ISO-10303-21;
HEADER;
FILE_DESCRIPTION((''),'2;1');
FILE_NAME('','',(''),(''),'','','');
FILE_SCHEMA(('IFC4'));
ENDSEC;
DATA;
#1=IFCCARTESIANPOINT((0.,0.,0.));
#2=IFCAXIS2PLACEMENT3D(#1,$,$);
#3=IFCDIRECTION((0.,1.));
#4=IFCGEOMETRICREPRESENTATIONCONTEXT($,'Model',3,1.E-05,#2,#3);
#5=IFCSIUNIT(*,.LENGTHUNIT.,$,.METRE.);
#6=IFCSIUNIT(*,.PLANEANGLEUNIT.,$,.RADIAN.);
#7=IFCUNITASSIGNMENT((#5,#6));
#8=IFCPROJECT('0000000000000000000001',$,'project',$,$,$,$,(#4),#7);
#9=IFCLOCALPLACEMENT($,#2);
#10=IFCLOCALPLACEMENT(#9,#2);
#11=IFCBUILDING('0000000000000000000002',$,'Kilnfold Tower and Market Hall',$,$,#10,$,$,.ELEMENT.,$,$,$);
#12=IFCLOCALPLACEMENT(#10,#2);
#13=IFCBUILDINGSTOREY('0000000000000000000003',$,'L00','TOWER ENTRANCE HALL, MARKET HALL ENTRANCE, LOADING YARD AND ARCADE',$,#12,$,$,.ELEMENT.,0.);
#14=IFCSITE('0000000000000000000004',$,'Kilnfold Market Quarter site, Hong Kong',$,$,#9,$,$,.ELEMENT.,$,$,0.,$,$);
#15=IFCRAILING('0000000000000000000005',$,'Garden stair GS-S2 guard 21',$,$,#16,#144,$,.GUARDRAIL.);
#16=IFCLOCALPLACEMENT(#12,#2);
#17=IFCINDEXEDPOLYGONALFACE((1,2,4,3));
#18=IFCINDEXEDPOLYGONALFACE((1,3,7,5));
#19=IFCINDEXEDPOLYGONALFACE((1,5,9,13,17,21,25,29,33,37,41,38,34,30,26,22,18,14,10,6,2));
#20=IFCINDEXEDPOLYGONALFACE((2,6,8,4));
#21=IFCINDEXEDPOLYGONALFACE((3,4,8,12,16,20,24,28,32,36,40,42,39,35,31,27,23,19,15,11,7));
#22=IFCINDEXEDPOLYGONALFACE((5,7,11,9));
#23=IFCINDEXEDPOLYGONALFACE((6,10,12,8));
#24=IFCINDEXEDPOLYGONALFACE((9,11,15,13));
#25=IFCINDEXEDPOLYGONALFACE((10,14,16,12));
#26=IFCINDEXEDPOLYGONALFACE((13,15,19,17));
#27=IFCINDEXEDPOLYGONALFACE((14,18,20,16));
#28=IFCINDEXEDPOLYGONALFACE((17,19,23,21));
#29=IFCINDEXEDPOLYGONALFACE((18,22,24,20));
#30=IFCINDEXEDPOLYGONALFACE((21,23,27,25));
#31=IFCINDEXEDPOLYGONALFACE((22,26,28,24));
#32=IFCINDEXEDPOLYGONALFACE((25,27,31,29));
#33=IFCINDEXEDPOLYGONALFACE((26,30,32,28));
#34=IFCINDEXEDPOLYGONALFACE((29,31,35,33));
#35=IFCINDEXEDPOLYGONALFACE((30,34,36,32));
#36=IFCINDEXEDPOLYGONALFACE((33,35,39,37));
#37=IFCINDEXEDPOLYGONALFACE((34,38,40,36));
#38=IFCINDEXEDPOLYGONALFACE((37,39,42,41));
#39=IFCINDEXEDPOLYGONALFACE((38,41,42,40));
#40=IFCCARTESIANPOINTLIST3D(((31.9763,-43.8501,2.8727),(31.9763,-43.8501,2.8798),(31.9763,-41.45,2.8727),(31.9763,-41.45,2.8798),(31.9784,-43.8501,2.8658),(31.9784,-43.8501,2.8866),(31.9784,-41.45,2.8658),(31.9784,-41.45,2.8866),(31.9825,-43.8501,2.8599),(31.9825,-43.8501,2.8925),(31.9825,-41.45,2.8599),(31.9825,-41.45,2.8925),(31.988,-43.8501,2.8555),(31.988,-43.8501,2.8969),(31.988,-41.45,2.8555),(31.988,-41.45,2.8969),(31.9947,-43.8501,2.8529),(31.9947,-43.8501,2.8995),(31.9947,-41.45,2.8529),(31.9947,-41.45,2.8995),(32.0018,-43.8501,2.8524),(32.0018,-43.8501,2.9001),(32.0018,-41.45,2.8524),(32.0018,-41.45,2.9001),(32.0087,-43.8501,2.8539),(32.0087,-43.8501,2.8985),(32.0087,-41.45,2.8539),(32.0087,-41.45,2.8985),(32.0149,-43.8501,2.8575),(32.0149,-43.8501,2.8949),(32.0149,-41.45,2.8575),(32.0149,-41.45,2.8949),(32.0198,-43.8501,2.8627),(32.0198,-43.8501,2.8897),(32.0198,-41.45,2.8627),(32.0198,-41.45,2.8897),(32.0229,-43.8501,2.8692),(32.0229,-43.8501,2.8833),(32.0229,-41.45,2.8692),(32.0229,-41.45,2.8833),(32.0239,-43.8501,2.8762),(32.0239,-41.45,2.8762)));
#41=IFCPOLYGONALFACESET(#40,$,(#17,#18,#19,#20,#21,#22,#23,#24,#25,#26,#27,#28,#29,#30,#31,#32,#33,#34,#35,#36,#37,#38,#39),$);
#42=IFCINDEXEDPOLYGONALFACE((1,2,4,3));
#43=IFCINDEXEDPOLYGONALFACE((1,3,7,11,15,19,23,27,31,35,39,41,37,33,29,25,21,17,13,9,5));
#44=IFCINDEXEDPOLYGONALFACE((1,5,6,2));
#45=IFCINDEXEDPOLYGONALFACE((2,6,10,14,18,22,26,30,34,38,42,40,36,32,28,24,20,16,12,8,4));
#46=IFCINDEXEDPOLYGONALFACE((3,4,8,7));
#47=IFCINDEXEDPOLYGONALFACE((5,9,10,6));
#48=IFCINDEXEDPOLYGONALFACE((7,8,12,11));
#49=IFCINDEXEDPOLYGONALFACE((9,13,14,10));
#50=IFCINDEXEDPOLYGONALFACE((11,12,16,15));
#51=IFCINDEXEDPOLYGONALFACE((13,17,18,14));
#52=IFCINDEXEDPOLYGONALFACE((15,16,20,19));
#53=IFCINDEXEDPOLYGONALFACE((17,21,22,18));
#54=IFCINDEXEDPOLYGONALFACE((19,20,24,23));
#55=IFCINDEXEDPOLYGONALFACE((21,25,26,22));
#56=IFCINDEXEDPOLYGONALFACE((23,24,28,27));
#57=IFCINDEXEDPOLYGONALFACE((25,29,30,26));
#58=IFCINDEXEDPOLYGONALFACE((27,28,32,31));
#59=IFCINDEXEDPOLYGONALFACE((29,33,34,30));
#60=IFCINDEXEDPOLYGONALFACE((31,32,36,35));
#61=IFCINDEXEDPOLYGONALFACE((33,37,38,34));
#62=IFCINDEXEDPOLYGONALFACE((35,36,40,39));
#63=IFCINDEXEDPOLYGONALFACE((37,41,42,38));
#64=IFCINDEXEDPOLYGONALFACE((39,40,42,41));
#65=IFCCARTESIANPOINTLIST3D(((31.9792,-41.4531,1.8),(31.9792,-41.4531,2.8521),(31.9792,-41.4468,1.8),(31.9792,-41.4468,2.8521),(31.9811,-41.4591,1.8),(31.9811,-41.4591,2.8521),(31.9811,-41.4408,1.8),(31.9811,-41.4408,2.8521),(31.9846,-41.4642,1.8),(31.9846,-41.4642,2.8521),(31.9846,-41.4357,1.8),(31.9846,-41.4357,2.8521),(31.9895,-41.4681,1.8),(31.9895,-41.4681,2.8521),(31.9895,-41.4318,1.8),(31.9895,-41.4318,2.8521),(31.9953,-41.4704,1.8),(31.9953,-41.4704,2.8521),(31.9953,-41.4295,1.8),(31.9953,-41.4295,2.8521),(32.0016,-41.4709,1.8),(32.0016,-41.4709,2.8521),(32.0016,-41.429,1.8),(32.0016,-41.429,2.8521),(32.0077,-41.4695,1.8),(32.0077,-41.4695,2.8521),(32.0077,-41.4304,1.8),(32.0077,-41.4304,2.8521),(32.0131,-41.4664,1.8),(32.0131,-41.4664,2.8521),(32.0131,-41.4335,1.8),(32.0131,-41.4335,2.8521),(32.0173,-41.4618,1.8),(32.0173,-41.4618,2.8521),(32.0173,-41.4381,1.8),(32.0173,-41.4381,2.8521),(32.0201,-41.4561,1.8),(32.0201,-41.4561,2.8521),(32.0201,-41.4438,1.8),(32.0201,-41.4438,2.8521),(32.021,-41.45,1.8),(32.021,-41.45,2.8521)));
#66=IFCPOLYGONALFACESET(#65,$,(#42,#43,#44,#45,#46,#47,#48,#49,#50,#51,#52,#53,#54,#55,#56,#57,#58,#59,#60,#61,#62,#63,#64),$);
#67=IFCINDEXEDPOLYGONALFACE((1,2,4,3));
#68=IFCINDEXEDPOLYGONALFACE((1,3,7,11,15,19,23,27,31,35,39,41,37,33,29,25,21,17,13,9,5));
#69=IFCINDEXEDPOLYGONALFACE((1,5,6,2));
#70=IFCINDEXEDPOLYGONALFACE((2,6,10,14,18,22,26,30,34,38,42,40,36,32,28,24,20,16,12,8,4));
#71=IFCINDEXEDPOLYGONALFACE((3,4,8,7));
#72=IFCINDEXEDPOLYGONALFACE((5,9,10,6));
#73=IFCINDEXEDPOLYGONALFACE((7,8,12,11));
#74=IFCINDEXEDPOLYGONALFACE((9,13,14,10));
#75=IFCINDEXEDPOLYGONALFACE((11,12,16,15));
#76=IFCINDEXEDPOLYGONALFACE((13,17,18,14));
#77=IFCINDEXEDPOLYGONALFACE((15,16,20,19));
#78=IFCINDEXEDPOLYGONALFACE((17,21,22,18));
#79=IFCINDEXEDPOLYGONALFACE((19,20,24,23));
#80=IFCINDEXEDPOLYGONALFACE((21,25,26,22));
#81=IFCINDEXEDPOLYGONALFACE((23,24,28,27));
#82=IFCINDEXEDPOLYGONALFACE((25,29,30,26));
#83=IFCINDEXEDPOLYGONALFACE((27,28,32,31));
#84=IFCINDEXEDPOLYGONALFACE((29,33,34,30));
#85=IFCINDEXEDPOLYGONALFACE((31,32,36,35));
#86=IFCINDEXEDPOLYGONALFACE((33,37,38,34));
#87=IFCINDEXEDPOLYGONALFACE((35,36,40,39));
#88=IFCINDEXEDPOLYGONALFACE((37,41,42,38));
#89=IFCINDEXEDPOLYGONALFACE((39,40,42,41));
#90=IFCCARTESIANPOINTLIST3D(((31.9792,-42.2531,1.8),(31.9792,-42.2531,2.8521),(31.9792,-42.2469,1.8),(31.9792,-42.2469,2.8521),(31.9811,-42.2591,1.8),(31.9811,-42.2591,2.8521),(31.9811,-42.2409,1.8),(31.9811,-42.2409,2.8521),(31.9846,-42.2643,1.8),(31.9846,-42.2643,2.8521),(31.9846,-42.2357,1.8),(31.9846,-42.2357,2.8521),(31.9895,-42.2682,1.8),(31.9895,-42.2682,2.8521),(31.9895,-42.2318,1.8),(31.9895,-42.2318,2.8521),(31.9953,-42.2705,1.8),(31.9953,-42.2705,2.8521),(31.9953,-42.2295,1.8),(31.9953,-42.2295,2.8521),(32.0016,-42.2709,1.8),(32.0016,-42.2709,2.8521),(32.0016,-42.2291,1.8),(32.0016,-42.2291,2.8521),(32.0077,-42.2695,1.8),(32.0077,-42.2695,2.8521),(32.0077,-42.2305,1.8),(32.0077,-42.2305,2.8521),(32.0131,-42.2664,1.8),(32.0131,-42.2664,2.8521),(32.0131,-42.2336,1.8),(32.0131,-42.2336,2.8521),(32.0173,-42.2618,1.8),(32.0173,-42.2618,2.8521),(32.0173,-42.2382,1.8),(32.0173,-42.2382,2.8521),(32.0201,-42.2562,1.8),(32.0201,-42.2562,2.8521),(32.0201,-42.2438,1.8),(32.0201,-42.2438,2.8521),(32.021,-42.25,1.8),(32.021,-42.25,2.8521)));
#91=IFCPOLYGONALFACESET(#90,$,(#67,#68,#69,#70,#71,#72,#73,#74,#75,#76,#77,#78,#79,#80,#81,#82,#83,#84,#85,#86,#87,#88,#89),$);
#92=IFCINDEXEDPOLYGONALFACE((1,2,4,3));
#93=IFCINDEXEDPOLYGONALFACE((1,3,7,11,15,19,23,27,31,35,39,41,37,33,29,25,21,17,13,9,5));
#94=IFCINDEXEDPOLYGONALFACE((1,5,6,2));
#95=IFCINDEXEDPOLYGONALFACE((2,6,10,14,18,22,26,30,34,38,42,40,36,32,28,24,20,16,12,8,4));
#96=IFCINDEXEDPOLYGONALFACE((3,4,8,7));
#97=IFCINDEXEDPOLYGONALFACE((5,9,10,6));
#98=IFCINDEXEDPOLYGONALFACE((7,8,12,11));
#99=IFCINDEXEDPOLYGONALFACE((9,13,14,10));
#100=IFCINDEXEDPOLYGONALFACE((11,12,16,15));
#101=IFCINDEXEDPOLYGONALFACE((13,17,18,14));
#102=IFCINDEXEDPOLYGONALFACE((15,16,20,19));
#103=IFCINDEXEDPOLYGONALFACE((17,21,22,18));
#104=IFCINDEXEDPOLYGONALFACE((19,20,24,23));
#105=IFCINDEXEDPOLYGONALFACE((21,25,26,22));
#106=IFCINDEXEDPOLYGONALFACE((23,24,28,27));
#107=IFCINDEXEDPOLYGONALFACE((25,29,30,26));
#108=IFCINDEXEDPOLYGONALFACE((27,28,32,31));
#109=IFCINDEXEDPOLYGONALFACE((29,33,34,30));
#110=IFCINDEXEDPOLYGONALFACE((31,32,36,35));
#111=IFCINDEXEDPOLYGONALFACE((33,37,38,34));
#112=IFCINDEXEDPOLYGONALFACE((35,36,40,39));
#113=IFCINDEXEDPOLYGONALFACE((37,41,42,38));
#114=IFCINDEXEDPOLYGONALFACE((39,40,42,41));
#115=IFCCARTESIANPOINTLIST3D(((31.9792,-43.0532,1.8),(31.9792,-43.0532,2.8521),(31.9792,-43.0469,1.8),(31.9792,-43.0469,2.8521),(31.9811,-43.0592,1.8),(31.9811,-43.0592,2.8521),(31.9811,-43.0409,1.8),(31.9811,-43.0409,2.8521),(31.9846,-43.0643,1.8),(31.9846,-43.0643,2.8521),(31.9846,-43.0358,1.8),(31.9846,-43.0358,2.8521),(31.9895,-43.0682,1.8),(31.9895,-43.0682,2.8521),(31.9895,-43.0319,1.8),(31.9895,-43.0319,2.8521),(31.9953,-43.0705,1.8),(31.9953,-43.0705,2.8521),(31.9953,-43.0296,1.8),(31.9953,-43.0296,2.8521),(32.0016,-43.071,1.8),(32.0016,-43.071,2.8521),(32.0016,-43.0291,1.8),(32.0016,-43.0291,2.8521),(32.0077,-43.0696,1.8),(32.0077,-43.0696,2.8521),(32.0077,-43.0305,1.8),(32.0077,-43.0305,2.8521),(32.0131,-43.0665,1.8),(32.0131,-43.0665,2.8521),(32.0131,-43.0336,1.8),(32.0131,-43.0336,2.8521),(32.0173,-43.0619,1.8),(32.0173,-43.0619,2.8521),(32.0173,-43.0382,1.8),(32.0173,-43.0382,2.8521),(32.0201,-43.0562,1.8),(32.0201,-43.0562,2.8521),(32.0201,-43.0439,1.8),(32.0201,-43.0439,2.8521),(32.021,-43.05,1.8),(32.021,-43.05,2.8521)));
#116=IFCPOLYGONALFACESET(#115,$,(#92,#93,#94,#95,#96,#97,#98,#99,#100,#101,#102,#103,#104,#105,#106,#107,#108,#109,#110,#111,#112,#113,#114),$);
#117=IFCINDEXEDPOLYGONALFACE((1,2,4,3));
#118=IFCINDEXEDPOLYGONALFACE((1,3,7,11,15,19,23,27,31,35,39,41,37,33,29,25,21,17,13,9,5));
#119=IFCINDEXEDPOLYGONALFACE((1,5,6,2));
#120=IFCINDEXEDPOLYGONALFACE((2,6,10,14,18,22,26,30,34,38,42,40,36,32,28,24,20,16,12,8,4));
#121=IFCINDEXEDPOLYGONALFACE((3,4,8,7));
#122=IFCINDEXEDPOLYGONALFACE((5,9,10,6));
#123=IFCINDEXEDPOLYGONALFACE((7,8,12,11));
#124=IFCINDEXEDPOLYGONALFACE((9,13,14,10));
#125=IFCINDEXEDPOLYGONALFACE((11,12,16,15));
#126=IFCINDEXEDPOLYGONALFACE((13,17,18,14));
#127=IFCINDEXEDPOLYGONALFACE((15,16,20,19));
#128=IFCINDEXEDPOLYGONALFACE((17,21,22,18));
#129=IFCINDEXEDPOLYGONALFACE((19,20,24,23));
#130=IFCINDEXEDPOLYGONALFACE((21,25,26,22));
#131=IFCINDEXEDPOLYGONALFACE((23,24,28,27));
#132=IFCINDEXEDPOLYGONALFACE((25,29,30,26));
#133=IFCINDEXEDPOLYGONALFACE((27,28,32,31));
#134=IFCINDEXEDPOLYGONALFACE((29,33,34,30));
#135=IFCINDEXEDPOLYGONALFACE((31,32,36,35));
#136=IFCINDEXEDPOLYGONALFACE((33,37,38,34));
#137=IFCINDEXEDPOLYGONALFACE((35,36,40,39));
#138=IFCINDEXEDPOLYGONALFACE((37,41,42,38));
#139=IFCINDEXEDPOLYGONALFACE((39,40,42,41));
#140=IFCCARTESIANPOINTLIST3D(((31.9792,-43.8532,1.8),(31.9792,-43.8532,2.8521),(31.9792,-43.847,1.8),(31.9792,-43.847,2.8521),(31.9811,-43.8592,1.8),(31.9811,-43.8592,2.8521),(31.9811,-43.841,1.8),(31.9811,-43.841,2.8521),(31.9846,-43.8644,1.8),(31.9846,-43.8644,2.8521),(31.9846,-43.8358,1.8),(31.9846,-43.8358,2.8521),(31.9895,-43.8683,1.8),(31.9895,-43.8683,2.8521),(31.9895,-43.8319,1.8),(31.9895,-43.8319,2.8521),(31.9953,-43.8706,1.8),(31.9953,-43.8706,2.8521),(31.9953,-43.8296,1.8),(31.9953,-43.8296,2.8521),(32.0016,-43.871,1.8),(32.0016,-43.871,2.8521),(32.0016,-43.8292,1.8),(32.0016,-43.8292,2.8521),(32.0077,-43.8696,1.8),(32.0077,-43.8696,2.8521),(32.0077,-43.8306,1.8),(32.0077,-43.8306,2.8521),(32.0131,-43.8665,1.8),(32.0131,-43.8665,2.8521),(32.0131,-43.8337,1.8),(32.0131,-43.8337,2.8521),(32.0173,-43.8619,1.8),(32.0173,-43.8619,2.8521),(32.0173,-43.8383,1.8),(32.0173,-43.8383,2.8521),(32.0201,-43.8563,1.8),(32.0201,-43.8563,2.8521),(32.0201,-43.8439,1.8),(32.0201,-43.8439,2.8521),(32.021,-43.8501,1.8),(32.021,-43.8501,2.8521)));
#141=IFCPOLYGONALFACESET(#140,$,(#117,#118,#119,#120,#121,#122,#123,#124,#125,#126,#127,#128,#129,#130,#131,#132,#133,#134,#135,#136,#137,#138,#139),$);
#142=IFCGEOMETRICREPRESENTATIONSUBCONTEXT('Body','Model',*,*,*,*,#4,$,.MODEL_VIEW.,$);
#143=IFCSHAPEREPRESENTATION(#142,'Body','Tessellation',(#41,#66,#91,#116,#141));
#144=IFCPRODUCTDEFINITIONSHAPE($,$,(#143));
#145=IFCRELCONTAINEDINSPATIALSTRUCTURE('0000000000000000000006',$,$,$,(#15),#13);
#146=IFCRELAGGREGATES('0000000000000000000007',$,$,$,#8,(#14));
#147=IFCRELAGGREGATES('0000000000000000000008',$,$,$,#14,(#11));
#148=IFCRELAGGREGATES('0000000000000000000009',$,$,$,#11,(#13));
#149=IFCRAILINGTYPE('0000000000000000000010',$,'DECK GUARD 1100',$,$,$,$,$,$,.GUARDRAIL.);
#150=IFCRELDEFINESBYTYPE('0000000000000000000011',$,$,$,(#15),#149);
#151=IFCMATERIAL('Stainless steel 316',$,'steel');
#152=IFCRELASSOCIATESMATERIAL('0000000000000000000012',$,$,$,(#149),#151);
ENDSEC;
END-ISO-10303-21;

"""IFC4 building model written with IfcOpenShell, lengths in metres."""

from ifc_helpers import new_model, si_unit, direction, frame, origin, origin_2d, place, context, subcontext, project, spatial, circle, extrude, material, type_object, element, save


model = new_model("IFC4")

# Units and contexts
model_context = context("Model", 3, precision=1e-05, world=origin(), true_north=direction((0.0, 1.0)))
body_context = subcontext(model_context, "Body", "Model", "MODEL_VIEW")
ifc_project = project(units=[si_unit("LENGTHUNIT", "METRE"), si_unit("PLANEANGLEUNIT", "RADIAN")], contexts=[model_context])

# Site, building, storey
site_placement = place(None, origin())
site = spatial("IfcSite", under=ifc_project, at=site_placement, Name="Kilnfold Market Quarter site, Hong Kong", CompositionType="ELEMENT", RefElevation=0.0)
building_placement = place(site_placement, origin())
building = spatial("IfcBuilding", under=site, at=building_placement, Name="Kilnfold Tower and Market Hall", CompositionType="ELEMENT")
storey_placement = place(building_placement, origin())
storey = spatial("IfcBuildingStorey", under=building, at=storey_placement, Name="L00", Description="TOWER ENTRANCE HALL, MARKET HALL ENTRANCE, LOADING YARD AND ARCADE", CompositionType="ELEMENT", Elevation=0.0)

# Railing
ifc_material_1 = material(Name="Stainless steel 316", Category="steel")
railing_type_1 = type_object("IfcRailingType", Name="DECK GUARD 1100", PredefinedType="GUARDRAIL", material=ifc_material_1)
railing_1_placement = place(storey_placement, frame((32.0, -41.45, 1.8)))
element("IfcRailing", 1, at=railing_1_placement, inside=storey, type_object=railing_type_1, Name="Garden stair GS-S2 guard 21", PredefinedType="GUARDRAIL", context=body_context, shape_type="SweptSolid", body=[
    extrude(circle(Radius=0.0239, at=origin_2d()), frame((0.0, 0.0, 1.0762), z_axis=(0.0, -1.0, 0.0), x_axis=(1.0, 0.0, 0.0)), (0.0, 0.0, 1.0), 2.4001),
    extrude(circle(Radius=0.021, at=origin_2d()), origin(), (0.0, 0.0, 1.0), 1.052),
    extrude(circle(Radius=0.021, at=origin_2d()), frame((0.0, -0.8, 0.0)), (0.0, 0.0, 1.0), 1.052),
    extrude(circle(Radius=0.021, at=origin_2d()), frame((0.0, -1.6001, 0.0)), (0.0, 0.0, 1.0), 1.052),
    extrude(circle(Radius=0.021, at=origin_2d()), frame((0.0, -2.4001, 0.0)), (0.0, 0.0, 1.0), 1.052),
])

save(model, "model.ifc")
